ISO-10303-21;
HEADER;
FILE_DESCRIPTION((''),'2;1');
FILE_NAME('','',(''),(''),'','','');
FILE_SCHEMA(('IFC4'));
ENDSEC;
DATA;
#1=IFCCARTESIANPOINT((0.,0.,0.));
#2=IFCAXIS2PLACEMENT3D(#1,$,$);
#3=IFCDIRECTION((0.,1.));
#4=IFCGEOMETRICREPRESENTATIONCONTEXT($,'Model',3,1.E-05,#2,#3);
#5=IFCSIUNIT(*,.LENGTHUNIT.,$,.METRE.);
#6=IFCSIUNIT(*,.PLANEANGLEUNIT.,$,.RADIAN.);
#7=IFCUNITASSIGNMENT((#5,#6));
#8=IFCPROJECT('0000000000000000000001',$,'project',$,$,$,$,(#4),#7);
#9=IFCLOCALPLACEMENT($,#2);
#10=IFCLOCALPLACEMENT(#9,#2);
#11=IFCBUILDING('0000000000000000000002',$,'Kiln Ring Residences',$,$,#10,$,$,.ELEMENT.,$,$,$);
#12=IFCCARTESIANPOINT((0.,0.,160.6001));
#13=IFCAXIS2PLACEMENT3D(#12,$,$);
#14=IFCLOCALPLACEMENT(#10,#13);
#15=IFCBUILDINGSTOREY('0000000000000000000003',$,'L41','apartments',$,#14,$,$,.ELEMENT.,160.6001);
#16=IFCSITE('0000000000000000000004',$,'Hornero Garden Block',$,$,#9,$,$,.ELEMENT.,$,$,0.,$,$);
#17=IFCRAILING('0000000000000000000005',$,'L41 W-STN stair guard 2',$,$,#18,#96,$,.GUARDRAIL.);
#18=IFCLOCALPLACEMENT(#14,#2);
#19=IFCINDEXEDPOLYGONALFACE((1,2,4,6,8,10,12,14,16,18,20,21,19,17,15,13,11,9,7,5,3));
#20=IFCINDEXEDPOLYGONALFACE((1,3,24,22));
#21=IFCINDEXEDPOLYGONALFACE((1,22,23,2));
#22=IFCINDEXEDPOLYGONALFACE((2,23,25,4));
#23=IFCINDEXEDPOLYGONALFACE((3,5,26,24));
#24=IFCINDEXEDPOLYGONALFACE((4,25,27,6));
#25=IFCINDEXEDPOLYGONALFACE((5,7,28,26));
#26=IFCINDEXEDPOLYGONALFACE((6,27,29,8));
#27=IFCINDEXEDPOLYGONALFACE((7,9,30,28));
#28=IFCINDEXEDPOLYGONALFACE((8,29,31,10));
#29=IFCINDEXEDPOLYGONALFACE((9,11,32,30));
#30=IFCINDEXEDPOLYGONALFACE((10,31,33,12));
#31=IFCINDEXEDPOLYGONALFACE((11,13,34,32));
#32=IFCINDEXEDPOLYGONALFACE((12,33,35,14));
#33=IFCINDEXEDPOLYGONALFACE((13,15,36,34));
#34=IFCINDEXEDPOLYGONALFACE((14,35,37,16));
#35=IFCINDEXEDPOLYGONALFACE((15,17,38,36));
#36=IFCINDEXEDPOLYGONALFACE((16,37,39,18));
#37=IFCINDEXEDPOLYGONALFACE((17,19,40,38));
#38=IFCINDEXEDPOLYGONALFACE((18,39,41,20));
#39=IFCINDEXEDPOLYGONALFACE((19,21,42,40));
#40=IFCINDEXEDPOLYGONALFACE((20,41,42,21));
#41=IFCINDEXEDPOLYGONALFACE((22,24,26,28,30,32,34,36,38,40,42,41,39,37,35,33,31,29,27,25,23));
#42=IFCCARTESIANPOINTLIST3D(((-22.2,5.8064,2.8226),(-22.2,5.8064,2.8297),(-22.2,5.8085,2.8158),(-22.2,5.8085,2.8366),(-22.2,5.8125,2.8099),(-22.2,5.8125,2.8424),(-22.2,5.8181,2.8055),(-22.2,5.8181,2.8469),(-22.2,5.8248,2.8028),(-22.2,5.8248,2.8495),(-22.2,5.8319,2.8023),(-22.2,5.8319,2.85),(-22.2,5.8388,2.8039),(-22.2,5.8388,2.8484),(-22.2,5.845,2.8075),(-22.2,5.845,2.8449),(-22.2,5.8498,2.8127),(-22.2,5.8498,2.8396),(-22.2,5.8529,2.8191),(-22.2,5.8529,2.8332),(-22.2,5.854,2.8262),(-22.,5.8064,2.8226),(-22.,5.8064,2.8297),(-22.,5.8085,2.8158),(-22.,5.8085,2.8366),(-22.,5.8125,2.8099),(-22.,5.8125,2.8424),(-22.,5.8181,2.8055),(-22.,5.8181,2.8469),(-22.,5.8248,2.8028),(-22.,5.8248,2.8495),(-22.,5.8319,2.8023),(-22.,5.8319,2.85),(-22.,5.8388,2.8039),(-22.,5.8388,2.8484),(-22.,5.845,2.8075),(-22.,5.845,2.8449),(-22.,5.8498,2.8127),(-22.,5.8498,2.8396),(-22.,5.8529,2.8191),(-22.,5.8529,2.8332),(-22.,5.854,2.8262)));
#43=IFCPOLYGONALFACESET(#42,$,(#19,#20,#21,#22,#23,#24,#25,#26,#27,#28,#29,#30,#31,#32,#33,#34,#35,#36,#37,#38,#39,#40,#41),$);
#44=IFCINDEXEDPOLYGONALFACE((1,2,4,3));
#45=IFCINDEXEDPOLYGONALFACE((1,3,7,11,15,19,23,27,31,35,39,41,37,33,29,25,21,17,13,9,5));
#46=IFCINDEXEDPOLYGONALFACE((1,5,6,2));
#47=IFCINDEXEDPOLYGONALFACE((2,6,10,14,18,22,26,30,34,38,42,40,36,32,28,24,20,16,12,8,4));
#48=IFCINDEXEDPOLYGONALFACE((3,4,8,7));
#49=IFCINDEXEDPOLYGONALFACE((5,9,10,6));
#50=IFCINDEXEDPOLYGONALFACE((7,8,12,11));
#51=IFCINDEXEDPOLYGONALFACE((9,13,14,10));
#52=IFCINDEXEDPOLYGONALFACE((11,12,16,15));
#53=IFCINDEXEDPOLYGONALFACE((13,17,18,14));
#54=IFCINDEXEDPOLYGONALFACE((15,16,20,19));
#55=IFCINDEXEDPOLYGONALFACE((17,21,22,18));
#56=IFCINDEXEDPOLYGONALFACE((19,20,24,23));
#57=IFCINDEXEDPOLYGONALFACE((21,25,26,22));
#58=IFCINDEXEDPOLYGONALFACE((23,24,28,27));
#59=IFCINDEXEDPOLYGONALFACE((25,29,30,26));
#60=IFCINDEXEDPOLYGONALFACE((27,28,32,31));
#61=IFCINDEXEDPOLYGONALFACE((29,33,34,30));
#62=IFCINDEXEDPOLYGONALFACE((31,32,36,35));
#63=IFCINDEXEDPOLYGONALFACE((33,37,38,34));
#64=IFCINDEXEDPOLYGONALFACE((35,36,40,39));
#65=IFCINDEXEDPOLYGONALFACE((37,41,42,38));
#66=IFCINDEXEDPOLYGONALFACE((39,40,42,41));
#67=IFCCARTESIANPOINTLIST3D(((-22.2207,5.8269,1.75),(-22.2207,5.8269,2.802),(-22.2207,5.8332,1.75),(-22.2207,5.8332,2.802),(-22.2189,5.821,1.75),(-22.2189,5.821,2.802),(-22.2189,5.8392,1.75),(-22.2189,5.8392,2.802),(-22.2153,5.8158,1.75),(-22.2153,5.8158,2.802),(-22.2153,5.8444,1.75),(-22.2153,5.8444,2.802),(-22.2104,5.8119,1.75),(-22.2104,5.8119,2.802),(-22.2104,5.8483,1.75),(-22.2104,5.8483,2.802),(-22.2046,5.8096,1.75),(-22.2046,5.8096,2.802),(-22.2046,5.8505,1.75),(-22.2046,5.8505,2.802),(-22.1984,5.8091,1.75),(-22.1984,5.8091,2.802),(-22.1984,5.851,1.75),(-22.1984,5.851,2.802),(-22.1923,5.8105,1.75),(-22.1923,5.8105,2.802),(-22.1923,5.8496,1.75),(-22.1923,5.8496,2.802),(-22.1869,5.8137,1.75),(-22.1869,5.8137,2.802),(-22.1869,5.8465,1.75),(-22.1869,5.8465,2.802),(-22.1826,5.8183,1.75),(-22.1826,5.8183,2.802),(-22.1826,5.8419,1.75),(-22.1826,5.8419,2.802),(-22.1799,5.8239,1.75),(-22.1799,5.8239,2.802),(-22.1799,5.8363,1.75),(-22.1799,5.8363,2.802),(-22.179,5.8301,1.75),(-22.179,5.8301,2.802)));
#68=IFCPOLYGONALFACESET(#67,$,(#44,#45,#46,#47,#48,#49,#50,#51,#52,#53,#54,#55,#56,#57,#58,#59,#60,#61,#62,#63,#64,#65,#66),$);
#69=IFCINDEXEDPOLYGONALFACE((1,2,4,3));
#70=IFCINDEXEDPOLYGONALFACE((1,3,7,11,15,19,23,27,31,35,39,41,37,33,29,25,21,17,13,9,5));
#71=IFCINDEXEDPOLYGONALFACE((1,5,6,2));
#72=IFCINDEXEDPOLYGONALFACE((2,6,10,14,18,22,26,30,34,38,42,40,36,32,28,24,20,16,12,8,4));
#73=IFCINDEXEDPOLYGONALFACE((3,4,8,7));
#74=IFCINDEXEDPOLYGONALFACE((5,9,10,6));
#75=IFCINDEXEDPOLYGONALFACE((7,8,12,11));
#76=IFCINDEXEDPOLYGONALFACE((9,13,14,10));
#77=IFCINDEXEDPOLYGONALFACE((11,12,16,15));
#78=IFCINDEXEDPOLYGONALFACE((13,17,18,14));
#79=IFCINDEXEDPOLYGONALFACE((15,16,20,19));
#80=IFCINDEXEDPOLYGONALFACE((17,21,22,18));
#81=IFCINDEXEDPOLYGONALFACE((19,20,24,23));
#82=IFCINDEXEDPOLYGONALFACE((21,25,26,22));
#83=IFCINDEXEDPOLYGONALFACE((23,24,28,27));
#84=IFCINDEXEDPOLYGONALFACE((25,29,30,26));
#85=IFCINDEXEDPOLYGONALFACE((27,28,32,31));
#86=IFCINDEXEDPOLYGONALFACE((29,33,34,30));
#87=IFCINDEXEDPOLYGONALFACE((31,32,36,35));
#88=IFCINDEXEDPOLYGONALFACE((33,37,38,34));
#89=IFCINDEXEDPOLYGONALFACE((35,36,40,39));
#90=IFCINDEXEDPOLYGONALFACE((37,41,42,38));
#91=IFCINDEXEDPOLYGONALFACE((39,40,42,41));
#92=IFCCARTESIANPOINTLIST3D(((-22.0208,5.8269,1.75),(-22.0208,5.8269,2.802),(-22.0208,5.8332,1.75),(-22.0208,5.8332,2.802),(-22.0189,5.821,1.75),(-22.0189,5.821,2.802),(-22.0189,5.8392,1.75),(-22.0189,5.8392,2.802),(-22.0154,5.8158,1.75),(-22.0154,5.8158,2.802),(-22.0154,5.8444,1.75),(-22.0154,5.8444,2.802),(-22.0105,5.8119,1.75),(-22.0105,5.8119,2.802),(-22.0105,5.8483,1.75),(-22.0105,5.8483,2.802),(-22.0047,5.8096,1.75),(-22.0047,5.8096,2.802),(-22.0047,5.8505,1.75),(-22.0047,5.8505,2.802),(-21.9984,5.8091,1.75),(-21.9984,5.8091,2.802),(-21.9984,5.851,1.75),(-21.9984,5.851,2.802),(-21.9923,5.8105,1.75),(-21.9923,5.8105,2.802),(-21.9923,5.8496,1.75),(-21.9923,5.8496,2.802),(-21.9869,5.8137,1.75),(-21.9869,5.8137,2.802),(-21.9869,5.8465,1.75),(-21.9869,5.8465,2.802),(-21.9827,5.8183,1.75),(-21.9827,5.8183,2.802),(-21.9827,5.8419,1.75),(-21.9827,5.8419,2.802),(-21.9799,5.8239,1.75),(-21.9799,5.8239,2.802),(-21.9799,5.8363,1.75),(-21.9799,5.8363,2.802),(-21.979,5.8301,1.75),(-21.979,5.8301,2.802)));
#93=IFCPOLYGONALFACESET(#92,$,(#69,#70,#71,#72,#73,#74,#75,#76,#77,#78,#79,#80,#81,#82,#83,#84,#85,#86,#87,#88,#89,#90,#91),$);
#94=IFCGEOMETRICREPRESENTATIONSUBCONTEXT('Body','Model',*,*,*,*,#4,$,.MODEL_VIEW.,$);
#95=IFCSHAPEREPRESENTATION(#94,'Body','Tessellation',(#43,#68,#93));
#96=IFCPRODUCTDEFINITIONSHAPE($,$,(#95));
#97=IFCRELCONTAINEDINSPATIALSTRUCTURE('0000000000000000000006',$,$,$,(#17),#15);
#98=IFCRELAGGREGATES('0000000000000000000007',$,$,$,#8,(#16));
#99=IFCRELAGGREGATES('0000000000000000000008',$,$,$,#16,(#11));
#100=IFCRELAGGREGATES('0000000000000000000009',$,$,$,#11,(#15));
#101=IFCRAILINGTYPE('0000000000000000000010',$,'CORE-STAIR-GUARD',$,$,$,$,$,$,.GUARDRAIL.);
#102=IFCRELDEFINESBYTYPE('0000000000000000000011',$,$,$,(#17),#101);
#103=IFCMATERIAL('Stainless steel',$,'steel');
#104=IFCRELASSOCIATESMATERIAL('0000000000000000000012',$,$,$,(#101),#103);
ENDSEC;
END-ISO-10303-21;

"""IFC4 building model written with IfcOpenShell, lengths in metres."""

from ifc_helpers import new_model, si_unit, direction, frame, origin, origin_2d, place, context, subcontext, project, spatial, circle, extrude, material, type_object, element, save


model = new_model("IFC4")

# Units and contexts
model_context = context("Model", 3, precision=1e-05, world=origin(), true_north=direction((0.0, 1.0)))
body_context = subcontext(model_context, "Body", "Model", "MODEL_VIEW")
ifc_project = project(units=[si_unit("LENGTHUNIT", "METRE"), si_unit("PLANEANGLEUNIT", "RADIAN")], contexts=[model_context])

# Site, building, storey
site_placement = place(None, origin())
site = spatial("IfcSite", under=ifc_project, at=site_placement, Name="Hornero Garden Block", CompositionType="ELEMENT", RefElevation=0.0)
building_placement = place(site_placement, origin())
building = spatial("IfcBuilding", under=site, at=building_placement, Name="Kiln Ring Residences", CompositionType="ELEMENT")
storey_placement = place(building_placement, frame((0.0, 0.0, 160.6001)))
storey = spatial("IfcBuildingStorey", under=building, at=storey_placement, Name="L41", Description="apartments", CompositionType="ELEMENT", Elevation=160.6001)

# Railing
ifc_material_1 = material(Name="Stainless steel", Category="steel")
railing_type_1 = type_object("IfcRailingType", Name="CORE-STAIR-GUARD", PredefinedType="GUARDRAIL", material=ifc_material_1)
railing_1_placement = place(storey_placement, frame((-22.2, 5.8301, 1.75)))
element("IfcRailing", 1, at=railing_1_placement, inside=storey, type_object=railing_type_1, Name="L41 W-STN stair guard 2", PredefinedType="GUARDRAIL", context=body_context, shape_type="SweptSolid", body=[
    extrude(circle(Radius=0.0239, at=origin_2d()), frame((0.0, 0.0, 1.0762), z_axis=(1.0, 0.0, 0.0), x_axis=(0.0, 1.0, 0.0)), (0.0, 0.0, 1.0), 0.2),
    extrude(circle(Radius=0.021, at=origin_2d()), origin(), (0.0, 0.0, 1.0), 1.052),
    extrude(circle(Radius=0.021, at=origin_2d()), frame((0.2, 0.0, 0.0)), (0.0, 0.0, 1.0), 1.052),
])

save(model, "model.ifc")
